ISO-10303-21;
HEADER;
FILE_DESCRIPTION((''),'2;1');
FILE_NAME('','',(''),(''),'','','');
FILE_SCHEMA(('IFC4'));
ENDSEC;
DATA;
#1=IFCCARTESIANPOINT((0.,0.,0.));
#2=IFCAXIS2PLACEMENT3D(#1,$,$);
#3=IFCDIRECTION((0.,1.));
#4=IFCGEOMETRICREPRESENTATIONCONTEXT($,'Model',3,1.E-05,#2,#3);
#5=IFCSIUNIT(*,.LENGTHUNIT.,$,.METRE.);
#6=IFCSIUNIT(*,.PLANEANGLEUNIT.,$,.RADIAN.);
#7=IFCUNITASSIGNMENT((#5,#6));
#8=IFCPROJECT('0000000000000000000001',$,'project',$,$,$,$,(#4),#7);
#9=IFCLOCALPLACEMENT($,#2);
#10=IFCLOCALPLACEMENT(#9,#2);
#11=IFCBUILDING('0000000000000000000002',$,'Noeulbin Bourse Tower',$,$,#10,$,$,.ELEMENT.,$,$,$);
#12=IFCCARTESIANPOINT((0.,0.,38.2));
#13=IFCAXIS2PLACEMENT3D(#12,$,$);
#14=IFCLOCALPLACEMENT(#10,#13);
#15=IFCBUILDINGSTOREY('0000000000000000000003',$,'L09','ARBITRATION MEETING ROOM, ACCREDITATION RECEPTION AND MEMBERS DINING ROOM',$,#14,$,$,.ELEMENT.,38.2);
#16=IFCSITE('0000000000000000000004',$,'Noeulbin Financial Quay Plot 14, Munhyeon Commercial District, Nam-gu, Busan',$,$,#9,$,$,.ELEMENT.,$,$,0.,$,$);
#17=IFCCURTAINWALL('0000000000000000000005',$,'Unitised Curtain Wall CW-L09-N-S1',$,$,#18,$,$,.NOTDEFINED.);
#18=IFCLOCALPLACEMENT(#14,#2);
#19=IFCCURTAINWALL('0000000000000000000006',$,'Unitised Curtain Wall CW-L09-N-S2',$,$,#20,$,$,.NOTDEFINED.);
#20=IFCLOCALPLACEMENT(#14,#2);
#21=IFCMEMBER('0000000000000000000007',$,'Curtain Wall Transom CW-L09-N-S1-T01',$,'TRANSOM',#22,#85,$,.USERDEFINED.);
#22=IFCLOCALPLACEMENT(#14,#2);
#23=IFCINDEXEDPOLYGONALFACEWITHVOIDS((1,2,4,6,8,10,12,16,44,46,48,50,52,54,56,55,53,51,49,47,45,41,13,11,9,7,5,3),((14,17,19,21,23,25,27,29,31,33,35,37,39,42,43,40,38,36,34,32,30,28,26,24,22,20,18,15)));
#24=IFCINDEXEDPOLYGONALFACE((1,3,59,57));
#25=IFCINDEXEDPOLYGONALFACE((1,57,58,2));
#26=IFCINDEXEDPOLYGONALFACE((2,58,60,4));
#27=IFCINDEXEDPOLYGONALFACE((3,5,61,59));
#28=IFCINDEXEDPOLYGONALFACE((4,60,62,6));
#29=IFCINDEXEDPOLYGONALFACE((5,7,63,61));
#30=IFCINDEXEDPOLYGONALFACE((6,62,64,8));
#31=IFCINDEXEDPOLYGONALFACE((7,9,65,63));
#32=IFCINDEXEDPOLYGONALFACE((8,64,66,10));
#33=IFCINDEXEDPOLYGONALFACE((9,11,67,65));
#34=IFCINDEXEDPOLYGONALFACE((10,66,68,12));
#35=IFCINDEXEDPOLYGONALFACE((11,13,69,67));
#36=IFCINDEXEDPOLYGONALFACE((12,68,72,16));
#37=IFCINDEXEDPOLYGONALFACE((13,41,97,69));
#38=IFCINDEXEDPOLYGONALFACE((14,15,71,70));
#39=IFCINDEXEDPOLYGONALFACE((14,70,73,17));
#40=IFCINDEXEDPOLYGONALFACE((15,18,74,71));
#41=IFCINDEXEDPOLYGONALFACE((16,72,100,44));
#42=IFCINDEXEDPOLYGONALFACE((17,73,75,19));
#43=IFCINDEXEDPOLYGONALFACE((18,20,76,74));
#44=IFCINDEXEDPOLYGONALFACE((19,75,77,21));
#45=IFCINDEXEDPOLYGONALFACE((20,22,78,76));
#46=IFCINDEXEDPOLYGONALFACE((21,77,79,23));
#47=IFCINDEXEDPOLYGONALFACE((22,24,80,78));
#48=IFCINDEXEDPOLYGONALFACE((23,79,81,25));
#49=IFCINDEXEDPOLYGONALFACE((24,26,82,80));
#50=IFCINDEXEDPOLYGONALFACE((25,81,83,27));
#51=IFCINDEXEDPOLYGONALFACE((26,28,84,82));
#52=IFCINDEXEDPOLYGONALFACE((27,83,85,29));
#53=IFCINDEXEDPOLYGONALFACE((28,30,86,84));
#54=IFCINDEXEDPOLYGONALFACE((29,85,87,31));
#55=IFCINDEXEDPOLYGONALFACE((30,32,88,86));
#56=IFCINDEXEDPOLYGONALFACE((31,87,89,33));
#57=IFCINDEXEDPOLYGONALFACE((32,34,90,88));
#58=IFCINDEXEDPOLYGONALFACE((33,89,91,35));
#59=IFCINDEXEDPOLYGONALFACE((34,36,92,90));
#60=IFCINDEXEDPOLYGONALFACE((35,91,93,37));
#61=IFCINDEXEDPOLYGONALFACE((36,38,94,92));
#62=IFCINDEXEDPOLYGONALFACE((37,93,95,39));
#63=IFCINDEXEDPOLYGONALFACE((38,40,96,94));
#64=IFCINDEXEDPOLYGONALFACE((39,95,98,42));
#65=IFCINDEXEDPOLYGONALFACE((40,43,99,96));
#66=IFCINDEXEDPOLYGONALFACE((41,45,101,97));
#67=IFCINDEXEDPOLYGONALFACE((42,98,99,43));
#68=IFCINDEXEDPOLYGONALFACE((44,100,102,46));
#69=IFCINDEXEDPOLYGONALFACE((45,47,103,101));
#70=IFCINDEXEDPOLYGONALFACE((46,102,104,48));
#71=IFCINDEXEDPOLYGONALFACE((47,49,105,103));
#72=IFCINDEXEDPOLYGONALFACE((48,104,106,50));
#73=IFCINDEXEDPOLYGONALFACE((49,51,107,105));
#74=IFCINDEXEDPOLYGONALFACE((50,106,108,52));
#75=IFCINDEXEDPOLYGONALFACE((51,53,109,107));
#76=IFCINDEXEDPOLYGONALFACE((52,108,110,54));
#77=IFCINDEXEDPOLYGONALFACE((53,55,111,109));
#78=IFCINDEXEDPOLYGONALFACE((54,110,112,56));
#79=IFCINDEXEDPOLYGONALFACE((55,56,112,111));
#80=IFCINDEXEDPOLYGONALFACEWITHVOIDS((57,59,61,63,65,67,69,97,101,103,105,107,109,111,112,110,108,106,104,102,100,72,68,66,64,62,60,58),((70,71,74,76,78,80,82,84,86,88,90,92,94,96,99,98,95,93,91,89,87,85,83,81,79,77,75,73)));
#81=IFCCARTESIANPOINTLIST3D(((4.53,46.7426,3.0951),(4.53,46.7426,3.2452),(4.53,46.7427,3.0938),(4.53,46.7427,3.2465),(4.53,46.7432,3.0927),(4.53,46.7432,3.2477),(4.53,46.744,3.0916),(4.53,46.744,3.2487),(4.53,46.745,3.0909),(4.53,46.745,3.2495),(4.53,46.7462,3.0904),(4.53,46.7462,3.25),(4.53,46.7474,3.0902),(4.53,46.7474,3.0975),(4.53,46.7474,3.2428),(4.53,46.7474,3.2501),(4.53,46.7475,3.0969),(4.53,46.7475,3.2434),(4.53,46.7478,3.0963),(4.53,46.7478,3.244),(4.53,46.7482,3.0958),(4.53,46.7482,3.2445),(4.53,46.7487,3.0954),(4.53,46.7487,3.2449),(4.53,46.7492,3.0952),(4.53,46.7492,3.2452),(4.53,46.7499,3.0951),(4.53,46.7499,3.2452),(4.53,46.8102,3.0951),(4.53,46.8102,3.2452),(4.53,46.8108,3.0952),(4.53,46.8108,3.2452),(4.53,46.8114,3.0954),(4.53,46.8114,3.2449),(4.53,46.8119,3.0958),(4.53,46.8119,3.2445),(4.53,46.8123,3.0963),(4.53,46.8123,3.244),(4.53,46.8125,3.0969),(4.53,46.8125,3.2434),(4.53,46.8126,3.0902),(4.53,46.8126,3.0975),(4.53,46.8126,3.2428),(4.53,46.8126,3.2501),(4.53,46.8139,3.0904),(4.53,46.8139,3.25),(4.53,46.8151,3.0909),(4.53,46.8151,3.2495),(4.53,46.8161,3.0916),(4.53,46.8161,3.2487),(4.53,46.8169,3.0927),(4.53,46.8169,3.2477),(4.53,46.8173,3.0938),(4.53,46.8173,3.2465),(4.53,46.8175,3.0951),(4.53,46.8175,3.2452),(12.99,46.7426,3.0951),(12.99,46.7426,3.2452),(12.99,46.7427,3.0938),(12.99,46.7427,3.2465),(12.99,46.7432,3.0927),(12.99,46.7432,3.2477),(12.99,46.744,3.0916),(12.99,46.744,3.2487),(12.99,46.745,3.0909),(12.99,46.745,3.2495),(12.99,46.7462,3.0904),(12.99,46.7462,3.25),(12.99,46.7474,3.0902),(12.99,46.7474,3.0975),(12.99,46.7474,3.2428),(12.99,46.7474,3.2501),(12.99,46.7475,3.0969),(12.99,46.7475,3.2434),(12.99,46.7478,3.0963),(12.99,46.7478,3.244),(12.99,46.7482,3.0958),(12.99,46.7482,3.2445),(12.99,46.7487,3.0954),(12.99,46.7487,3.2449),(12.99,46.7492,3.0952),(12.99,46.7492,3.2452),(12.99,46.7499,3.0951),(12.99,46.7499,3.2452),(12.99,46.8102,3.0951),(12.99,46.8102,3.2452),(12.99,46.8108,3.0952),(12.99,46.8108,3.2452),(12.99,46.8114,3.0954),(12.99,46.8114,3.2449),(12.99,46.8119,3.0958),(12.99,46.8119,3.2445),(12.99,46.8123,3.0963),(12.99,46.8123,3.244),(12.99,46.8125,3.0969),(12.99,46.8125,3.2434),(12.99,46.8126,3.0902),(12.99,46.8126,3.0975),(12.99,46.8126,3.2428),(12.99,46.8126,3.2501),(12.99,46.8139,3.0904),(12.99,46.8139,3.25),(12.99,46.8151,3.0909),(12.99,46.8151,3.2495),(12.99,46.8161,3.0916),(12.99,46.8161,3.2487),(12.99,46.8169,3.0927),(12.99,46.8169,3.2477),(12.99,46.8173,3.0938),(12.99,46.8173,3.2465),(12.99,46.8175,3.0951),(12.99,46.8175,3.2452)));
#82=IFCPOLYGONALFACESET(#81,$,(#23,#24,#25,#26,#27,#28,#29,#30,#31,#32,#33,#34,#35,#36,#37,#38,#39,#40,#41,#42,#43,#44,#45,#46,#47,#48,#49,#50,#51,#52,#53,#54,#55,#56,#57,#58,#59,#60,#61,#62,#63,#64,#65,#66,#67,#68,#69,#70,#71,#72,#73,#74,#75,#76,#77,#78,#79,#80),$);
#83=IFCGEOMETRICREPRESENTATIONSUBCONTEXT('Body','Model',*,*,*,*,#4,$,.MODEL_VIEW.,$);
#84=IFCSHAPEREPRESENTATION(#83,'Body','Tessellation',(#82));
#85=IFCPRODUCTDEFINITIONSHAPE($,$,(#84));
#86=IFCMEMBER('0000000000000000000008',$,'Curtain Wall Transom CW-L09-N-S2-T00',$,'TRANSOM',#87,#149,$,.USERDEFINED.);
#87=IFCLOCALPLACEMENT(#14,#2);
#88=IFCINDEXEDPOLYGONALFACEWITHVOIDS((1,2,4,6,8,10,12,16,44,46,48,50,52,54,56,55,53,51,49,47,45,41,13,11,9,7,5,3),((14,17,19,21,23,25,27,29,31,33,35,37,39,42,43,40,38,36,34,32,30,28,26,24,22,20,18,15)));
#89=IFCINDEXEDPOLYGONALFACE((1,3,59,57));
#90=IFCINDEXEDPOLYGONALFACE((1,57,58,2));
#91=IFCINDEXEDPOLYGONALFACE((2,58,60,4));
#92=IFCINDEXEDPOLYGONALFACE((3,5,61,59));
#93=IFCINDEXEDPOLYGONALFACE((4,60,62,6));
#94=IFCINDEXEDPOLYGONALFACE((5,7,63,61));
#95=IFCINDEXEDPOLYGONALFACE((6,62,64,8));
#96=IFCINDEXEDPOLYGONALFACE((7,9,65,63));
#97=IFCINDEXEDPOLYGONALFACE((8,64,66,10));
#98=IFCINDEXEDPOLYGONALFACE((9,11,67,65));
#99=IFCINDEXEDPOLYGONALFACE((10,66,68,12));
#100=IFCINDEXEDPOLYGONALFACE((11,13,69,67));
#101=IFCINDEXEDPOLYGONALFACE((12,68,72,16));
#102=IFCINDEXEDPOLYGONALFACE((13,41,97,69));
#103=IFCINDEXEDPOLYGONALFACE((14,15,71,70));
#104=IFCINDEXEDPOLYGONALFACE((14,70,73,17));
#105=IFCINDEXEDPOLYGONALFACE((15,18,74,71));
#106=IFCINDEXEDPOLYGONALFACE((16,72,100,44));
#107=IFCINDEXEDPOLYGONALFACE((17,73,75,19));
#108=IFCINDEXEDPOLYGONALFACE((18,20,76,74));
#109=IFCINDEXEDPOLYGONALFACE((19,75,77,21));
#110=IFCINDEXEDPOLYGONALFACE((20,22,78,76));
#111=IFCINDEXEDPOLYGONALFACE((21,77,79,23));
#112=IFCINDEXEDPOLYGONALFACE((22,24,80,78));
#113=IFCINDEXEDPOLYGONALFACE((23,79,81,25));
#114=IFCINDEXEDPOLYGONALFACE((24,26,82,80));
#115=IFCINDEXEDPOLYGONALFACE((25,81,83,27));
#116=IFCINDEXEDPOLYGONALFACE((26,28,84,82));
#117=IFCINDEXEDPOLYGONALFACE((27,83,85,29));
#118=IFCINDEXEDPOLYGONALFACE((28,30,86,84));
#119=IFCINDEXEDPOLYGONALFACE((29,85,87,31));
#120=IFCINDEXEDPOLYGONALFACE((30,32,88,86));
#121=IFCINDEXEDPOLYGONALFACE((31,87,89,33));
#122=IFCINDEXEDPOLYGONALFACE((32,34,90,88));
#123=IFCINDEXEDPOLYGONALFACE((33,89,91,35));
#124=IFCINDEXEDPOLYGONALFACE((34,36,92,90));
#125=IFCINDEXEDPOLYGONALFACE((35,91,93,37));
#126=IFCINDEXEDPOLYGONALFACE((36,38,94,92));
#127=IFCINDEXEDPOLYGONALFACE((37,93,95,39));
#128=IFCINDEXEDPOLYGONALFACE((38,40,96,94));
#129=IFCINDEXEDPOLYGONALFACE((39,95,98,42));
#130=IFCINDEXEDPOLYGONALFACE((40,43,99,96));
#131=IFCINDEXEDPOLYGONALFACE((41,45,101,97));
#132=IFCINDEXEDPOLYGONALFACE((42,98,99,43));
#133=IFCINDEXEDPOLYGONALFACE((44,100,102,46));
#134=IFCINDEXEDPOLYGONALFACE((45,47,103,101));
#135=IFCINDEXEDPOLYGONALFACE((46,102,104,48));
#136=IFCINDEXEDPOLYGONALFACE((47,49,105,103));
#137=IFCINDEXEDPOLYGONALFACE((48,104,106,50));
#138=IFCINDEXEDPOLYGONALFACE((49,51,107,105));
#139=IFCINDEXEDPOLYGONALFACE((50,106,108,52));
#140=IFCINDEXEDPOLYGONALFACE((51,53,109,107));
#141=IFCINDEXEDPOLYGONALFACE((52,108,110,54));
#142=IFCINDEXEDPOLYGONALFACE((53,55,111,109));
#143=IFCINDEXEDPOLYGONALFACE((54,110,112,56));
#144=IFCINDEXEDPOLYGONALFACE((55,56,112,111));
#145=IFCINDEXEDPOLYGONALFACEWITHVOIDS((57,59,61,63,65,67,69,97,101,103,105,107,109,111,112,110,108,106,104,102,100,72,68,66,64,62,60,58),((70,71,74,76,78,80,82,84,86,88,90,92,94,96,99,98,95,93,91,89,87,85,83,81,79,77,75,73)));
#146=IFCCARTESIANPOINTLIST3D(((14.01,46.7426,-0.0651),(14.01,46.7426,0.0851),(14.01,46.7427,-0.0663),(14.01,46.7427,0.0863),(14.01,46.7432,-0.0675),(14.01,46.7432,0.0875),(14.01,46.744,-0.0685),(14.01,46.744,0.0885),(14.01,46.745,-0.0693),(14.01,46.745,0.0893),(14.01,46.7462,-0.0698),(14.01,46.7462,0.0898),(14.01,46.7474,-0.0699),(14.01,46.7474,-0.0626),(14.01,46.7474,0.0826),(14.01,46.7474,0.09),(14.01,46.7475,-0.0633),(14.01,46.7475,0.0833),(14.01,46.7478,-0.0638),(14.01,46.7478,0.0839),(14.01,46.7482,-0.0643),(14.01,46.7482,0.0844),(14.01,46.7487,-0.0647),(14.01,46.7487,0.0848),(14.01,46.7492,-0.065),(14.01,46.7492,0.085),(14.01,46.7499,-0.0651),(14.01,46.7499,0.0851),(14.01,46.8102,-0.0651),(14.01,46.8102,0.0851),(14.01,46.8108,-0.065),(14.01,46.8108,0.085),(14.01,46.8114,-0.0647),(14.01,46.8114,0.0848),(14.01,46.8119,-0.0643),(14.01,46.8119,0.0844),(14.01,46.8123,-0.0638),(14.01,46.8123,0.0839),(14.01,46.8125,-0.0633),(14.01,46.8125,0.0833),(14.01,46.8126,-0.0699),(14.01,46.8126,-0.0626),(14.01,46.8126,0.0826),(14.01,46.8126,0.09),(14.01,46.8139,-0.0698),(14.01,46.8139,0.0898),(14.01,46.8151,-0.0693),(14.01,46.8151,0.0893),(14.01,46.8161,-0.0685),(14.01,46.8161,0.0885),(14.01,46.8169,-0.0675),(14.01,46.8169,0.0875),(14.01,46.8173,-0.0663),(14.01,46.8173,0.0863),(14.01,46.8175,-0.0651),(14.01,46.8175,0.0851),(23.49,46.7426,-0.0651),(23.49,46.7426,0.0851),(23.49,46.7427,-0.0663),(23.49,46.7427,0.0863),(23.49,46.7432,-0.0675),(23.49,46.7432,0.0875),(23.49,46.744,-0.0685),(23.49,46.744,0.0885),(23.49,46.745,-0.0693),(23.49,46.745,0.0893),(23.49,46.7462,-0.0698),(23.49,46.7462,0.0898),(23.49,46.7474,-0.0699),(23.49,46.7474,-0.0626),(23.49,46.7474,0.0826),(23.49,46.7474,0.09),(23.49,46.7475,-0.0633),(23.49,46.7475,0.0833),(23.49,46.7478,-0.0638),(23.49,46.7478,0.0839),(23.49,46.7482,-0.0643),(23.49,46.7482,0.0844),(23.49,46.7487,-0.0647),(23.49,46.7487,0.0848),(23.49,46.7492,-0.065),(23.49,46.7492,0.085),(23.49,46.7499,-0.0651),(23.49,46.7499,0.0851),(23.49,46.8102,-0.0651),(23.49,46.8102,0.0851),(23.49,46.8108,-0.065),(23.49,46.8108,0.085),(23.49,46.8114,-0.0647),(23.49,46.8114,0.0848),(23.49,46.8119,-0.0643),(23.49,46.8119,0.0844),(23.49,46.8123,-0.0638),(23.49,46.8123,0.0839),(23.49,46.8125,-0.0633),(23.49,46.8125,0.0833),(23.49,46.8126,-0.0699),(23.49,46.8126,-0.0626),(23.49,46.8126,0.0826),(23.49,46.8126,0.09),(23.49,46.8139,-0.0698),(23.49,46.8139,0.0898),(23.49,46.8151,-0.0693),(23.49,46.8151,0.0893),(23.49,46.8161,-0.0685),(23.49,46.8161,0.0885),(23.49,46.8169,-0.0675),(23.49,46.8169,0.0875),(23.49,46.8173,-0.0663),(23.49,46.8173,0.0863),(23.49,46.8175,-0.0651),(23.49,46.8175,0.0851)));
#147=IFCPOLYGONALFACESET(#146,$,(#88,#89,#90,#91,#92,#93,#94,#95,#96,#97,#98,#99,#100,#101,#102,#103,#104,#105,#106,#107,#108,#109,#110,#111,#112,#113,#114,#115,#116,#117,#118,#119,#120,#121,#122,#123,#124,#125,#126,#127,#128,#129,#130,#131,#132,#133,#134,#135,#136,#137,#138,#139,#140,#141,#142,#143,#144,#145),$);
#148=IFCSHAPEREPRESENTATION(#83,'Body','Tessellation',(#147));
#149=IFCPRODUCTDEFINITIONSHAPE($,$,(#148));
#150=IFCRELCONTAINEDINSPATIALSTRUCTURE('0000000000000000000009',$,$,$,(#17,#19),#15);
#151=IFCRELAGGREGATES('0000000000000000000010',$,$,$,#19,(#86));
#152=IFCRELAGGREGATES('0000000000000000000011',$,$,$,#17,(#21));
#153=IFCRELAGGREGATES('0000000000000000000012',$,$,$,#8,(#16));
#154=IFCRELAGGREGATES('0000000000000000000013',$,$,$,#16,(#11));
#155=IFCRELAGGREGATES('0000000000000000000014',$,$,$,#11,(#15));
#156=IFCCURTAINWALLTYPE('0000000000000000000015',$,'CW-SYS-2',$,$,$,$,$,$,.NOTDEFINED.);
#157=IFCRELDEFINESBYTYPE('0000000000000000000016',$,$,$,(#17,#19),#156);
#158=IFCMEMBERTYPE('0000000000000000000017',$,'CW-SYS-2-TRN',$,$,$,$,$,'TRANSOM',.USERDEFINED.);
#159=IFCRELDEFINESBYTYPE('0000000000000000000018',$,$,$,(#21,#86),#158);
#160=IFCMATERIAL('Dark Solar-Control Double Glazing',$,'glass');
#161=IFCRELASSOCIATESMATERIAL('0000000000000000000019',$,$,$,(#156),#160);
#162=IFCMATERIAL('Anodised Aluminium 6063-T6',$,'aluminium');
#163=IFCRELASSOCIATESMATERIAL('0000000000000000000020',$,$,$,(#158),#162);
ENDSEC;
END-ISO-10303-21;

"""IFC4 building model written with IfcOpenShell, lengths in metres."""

from ifc_helpers import new_model, si_unit, direction, frame, origin, origin_2d, place, context, subcontext, project, spatial, hollow_rectangle, extrude, material, material_profile, profile_set, type_object, element, aggregate, save


model = new_model("IFC4")

# Units and contexts
model_context = context("Model", 3, precision=1e-05, world=origin(), true_north=direction((0.0, 1.0)))
body_context = subcontext(model_context, "Body", "Model", "MODEL_VIEW")
ifc_project = project(units=[si_unit("LENGTHUNIT", "METRE"), si_unit("PLANEANGLEUNIT", "RADIAN")], contexts=[model_context])

# Site, building, storey
site_placement = place(None, origin())
site = spatial("IfcSite", under=ifc_project, at=site_placement, Name="Noeulbin Financial Quay Plot 14, Munhyeon Commercial District, Nam-gu, Busan", CompositionType="ELEMENT", RefElevation=0.0)
building_placement = place(site_placement, origin())
building = spatial("IfcBuilding", under=site, at=building_placement, Name="Noeulbin Bourse Tower", CompositionType="ELEMENT")
storey_placement = place(building_placement, frame((0.0, 0.0, 38.2)))
storey = spatial("IfcBuildingStorey", under=building, at=storey_placement, Name="L09", Description="ARBITRATION MEETING ROOM, ACCREDITATION RECEPTION AND MEMBERS DINING ROOM", CompositionType="ELEMENT", Elevation=38.2)

# Curtain wall
ifc_material_1 = material(Name="Dark Solar-Control Double Glazing", Category="glass")
curtain_wall_type = type_object("IfcCurtainWallType", Name="CW-SYS-2", PredefinedType="NOTDEFINED", material=ifc_material_1)
curtain_wall_1_placement = place(storey_placement, origin())
curtain_wall_1 = element("IfcCurtainWall", 1, at=curtain_wall_1_placement, inside=storey, type_object=curtain_wall_type, Name="Unitised Curtain Wall CW-L09-N-S1", PredefinedType="NOTDEFINED")
ifc_material_2 = material(Name="Anodised Aluminium 6063-T6", Category="aluminium")

# Curtain wall
curtain_wall_2_placement = place(storey_placement, origin())
curtain_wall_2 = element("IfcCurtainWall", 2, at=curtain_wall_2_placement, inside=storey, type_object=curtain_wall_type, Name="Unitised Curtain Wall CW-L09-N-S2", PredefinedType="NOTDEFINED")

# Members
ifc_material_profile_1 = material_profile(ifc_material_2, hollow_rectangle(XDim=0.075, YDim=0.1599, WallThickness=0.0049, InnerFilletRadius=0.0024, OuterFilletRadius=0.0049, at=origin_2d()), Name="ALU-TRAN-75x160x5", Category="LoadBearing")
ifc_profile_set_1 = profile_set([ifc_material_profile_1], Name="Anodised Aluminium 6063-T6")
member_type_1 = type_object("IfcMemberType", Name="CW-SYS-2-TRN", ElementType="TRANSOM", PredefinedType="USERDEFINED", material=ifc_profile_set_1)
member_1_placement = place(storey_placement, frame((4.53, 46.78, 3.1702), z_axis=(1.0, 0.0, 0.0), x_axis=(0.0, 1.0, 0.0)))
member_1 = element("IfcMember", 3, at=member_1_placement, type_object=member_type_1, Name="Curtain Wall Transom CW-L09-N-S1-T01", ObjectType="TRANSOM", PredefinedType="USERDEFINED", context=body_context, shape_type="SweptSolid", body=[
    extrude(hollow_rectangle(XDim=0.075, YDim=0.1599, WallThickness=0.0049, InnerFilletRadius=0.0024, OuterFilletRadius=0.0049, at=origin_2d()), origin(), (0.0, 0.0, 1.0), 8.46),
])
member_2_placement = place(storey_placement, frame((14.01, 46.78, 0.01), z_axis=(1.0, 0.0, 0.0), x_axis=(0.0, 1.0, 0.0)))
member_2 = element("IfcMember", 4, at=member_2_placement, type_object=member_type_1, Name="Curtain Wall Transom CW-L09-N-S2-T00", ObjectType="TRANSOM", PredefinedType="USERDEFINED", context=body_context, shape_type="SweptSolid", body=[
    extrude(hollow_rectangle(XDim=0.075, YDim=0.1599, WallThickness=0.0049, InnerFilletRadius=0.0024, OuterFilletRadius=0.0049, at=origin_2d()), origin(), (0.0, 0.0, 1.0), 9.48),
])
aggregate(curtain_wall_2, [member_2])

aggregate(curtain_wall_1, [member_1])

save(model, "model.ifc")
